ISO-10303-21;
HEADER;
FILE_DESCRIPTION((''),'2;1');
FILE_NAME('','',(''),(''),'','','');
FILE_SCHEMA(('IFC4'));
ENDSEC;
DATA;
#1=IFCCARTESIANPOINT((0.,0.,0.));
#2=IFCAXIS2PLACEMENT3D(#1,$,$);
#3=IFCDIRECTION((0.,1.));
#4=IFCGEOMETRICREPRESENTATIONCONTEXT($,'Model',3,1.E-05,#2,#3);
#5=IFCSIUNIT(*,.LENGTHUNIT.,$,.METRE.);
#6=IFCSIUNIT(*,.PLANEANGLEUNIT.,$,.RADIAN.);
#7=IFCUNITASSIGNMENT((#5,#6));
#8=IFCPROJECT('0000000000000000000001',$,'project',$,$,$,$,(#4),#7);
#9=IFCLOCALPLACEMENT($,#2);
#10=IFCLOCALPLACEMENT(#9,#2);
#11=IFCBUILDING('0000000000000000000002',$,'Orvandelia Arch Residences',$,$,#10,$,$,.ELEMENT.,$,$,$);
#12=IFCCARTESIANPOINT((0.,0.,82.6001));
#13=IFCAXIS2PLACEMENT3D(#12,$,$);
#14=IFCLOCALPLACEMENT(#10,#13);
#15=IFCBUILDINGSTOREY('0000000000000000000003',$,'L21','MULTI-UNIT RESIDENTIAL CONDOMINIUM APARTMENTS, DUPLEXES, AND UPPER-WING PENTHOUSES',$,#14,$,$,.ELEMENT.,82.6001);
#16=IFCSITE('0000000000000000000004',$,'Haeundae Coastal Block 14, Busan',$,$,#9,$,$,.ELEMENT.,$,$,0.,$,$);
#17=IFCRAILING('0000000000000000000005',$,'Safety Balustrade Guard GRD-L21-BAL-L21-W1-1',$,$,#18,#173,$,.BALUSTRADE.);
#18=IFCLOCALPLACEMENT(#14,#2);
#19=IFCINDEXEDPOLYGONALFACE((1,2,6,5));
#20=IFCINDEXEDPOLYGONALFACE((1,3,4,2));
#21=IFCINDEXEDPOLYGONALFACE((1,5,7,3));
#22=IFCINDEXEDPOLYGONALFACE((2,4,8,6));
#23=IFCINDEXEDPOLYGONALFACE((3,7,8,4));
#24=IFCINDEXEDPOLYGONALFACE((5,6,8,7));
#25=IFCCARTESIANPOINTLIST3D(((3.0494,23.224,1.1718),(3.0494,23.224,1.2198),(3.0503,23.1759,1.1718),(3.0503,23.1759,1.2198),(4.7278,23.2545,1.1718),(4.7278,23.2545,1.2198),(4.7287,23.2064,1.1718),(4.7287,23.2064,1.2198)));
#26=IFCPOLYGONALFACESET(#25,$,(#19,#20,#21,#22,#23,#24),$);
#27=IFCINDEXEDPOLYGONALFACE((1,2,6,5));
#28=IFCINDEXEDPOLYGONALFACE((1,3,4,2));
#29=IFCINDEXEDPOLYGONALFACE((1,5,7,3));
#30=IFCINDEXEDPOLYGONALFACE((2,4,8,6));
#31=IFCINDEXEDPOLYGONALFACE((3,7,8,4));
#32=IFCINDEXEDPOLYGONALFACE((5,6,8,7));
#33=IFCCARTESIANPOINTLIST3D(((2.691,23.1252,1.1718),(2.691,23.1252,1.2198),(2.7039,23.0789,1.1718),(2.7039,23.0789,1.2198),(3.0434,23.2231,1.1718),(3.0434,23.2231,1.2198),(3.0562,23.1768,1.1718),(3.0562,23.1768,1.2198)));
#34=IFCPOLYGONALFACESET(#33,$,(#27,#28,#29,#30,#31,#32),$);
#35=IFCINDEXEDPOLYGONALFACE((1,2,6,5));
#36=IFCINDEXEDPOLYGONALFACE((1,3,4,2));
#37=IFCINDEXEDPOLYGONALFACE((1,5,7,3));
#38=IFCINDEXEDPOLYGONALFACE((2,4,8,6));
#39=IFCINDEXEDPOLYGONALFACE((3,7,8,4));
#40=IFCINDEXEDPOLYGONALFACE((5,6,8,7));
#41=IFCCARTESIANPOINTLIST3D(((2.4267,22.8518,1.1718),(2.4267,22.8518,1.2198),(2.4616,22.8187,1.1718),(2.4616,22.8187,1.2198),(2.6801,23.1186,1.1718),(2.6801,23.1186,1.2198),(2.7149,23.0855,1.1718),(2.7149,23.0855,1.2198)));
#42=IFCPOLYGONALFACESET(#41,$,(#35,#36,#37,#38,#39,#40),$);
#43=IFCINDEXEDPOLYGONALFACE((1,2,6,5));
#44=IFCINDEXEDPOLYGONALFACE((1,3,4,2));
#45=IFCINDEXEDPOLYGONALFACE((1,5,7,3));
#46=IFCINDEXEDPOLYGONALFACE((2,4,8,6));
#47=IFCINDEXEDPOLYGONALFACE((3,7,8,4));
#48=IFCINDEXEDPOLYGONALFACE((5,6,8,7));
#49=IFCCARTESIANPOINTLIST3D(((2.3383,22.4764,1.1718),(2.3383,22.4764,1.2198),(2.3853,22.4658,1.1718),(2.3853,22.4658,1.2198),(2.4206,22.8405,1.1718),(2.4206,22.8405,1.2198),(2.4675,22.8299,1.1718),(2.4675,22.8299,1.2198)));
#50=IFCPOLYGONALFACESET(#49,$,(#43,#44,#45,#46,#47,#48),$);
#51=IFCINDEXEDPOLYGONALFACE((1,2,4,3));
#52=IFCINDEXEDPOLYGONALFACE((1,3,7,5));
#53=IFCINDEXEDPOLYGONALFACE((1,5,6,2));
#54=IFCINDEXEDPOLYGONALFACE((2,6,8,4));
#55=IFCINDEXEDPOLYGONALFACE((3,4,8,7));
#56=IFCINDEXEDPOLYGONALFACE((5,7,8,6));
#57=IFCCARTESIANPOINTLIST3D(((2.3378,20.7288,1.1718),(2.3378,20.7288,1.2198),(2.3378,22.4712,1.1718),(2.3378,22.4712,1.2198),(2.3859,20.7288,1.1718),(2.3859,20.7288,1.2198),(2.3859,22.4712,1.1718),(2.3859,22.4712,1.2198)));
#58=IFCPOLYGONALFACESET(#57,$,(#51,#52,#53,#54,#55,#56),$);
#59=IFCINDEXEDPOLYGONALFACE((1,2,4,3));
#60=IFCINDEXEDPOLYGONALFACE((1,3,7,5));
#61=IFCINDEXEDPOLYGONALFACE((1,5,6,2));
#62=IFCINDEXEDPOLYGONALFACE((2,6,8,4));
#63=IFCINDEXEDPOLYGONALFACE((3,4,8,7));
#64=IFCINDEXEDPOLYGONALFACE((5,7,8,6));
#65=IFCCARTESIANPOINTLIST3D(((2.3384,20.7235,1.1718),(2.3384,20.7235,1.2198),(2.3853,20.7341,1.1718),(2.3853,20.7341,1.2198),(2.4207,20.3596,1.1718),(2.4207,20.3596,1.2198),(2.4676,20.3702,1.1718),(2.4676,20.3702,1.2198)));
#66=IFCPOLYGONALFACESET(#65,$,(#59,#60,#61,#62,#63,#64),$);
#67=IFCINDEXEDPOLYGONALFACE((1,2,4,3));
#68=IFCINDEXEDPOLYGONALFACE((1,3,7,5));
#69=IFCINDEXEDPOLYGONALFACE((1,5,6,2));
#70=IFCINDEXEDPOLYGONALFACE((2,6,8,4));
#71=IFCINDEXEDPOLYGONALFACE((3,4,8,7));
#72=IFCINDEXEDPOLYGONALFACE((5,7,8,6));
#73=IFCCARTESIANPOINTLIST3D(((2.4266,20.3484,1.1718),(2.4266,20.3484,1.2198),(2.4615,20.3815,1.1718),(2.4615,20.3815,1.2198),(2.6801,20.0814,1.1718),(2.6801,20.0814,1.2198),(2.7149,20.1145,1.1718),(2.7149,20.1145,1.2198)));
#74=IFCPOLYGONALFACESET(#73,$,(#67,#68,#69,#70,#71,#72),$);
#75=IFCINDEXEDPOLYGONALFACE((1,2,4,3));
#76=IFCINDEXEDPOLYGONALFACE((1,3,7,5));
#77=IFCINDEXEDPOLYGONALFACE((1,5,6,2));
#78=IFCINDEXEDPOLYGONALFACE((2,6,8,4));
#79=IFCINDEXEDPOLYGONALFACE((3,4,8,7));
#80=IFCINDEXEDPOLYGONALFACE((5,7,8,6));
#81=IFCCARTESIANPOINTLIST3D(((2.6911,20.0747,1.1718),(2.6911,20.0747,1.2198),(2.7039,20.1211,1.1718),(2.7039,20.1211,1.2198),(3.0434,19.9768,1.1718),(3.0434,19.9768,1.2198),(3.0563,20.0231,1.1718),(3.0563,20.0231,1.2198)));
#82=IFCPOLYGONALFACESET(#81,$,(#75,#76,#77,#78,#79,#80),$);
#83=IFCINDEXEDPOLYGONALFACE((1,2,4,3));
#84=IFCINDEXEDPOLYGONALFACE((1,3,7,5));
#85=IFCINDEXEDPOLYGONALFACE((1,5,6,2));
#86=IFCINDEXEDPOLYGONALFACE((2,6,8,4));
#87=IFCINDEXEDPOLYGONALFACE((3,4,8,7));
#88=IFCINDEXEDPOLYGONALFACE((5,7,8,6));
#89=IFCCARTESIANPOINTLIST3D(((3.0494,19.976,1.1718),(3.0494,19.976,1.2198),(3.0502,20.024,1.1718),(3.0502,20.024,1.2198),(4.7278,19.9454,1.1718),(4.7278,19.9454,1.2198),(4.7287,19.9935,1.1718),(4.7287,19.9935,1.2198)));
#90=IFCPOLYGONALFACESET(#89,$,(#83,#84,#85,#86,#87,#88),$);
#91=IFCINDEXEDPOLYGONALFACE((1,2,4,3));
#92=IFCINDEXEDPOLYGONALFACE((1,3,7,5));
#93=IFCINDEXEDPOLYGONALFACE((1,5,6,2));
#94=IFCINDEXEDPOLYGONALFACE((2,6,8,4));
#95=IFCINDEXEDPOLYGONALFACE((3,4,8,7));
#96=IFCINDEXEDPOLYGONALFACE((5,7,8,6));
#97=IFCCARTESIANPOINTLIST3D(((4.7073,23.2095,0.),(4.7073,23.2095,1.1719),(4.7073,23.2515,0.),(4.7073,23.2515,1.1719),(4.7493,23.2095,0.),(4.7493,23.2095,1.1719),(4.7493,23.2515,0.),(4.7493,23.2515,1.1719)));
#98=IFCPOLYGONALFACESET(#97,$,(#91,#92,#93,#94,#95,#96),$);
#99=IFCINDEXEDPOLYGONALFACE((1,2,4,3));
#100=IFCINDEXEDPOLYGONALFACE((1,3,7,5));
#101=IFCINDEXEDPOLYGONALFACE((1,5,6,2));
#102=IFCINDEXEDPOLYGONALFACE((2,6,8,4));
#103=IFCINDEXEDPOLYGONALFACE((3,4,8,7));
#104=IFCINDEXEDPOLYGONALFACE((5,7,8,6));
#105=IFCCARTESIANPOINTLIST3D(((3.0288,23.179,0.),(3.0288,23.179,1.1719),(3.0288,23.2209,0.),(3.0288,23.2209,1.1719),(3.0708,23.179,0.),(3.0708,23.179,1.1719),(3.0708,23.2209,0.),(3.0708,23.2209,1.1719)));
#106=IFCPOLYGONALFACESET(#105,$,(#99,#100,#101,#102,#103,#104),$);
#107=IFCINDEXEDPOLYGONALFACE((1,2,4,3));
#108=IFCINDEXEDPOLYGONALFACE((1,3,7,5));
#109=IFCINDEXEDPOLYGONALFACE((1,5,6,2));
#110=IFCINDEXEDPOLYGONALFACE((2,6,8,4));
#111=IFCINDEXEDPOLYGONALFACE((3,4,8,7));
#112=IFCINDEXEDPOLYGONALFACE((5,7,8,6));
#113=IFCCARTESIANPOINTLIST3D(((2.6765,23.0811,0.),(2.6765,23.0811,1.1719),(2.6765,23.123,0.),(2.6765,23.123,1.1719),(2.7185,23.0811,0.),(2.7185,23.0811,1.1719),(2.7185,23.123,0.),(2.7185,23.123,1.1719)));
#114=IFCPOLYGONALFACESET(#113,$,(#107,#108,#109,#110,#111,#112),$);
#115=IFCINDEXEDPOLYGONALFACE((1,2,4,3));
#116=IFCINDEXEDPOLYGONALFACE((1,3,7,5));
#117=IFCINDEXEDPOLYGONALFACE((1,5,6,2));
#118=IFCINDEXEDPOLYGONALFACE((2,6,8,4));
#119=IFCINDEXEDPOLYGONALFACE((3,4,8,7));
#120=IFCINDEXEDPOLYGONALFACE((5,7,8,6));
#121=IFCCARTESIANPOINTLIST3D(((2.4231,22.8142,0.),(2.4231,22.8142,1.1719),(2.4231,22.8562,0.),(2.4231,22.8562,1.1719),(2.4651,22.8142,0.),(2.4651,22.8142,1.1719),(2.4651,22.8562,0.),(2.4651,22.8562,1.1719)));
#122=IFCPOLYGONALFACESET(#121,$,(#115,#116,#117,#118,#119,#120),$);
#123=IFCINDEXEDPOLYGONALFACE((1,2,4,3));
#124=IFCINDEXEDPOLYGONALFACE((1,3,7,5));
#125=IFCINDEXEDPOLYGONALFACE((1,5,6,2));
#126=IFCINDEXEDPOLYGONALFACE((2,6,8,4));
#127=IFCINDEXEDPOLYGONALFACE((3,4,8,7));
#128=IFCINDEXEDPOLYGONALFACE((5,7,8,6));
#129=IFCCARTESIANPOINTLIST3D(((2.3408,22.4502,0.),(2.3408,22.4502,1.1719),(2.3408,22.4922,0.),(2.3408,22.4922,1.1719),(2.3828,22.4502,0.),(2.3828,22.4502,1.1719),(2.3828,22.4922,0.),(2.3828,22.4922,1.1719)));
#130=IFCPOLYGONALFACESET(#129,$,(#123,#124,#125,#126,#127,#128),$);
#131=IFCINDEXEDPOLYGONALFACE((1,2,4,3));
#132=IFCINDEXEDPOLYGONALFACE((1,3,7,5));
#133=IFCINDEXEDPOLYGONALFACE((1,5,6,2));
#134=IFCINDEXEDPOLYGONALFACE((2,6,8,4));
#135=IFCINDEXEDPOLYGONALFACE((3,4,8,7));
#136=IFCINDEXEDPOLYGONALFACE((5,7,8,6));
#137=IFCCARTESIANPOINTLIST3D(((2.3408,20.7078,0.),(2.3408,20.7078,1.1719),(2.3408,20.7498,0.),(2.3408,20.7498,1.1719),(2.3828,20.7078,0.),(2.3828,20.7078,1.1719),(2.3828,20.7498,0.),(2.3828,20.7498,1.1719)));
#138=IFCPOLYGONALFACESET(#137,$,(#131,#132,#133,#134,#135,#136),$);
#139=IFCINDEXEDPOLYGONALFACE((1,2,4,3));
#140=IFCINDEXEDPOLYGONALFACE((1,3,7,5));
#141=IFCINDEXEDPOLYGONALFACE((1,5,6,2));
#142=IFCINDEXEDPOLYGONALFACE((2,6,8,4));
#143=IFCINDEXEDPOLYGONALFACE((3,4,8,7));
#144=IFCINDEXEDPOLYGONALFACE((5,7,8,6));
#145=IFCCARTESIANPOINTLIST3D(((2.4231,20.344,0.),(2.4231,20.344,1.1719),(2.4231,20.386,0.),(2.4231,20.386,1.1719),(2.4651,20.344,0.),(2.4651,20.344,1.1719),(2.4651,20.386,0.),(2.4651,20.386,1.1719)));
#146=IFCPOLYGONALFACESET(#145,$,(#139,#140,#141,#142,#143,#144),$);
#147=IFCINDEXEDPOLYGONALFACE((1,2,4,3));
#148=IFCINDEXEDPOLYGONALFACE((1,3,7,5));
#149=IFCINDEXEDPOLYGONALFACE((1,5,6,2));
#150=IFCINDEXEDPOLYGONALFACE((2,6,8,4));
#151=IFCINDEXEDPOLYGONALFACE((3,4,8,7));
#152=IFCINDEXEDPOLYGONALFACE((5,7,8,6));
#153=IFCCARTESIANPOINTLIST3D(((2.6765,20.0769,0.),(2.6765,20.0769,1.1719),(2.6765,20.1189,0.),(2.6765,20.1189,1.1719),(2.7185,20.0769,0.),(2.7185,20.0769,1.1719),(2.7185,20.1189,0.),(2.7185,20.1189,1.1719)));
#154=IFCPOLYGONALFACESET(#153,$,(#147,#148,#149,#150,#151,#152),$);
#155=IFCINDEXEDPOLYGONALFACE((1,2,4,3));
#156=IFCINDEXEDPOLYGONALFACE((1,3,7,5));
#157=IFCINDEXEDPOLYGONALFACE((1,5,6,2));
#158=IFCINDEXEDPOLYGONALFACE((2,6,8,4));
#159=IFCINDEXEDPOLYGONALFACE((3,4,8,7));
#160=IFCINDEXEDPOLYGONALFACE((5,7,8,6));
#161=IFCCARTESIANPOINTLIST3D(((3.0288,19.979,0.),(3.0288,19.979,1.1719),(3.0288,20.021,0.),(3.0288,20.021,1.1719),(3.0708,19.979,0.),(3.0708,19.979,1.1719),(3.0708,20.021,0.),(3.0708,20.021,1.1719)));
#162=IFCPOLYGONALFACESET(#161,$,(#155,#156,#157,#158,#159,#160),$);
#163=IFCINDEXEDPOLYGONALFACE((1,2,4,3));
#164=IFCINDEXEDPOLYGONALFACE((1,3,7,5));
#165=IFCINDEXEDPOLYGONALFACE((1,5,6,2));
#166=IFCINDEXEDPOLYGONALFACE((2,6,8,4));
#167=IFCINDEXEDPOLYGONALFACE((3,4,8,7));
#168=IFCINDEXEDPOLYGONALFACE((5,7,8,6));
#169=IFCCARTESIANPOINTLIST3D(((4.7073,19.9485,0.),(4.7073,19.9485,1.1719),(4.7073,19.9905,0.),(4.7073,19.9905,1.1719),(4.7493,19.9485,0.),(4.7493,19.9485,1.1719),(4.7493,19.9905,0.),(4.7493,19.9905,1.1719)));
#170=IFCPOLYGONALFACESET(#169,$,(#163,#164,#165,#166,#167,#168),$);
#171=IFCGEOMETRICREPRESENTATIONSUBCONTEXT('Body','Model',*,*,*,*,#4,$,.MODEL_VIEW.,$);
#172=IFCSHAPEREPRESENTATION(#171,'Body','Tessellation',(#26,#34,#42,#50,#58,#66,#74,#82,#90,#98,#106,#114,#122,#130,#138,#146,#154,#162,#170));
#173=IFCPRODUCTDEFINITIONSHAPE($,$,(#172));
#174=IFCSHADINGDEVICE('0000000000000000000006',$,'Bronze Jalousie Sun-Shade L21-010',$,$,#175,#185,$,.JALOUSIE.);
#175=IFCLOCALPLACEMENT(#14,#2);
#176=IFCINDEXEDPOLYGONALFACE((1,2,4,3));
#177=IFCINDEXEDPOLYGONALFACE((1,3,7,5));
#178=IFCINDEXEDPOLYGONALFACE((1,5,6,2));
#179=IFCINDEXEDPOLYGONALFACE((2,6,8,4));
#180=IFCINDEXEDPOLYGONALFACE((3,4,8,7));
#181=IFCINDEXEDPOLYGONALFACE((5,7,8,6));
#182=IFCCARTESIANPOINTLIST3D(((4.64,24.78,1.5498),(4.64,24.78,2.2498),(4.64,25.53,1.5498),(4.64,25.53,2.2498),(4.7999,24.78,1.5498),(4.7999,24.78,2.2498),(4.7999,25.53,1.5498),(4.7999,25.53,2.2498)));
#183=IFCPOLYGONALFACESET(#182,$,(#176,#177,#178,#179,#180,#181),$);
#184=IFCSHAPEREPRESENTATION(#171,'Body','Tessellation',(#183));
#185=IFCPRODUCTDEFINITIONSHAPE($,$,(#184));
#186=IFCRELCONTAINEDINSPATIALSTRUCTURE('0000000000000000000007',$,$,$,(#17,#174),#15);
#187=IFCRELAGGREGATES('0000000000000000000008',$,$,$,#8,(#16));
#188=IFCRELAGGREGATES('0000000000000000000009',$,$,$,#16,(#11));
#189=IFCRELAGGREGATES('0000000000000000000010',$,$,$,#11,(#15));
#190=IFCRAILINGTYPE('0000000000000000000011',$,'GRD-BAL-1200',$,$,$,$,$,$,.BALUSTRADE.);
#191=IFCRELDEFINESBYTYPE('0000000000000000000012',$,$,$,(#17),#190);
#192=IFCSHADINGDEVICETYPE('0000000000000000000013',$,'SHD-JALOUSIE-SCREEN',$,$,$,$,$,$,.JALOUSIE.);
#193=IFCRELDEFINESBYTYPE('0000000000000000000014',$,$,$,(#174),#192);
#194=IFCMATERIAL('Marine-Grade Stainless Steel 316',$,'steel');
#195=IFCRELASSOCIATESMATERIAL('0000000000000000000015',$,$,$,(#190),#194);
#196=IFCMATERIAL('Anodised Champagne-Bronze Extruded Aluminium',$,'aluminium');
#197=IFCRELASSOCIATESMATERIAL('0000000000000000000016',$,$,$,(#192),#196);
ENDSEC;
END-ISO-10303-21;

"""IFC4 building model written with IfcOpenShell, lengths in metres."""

from ifc_helpers import new_model, si_unit, direction, frame, origin, origin_2d, place, context, subcontext, project, spatial, rectangle, extrude, material, type_object, element, save


model = new_model("IFC4")

# Units and contexts
model_context = context("Model", 3, precision=1e-05, world=origin(), true_north=direction((0.0, 1.0)))
body_context = subcontext(model_context, "Body", "Model", "MODEL_VIEW")
ifc_project = project(units=[si_unit("LENGTHUNIT", "METRE"), si_unit("PLANEANGLEUNIT", "RADIAN")], contexts=[model_context])

# Site, building, storey
site_placement = place(None, origin())
site = spatial("IfcSite", under=ifc_project, at=site_placement, Name="Haeundae Coastal Block 14, Busan", CompositionType="ELEMENT", RefElevation=0.0)
building_placement = place(site_placement, origin())
building = spatial("IfcBuilding", under=site, at=building_placement, Name="Orvandelia Arch Residences", CompositionType="ELEMENT")
storey_placement = place(building_placement, frame((0.0, 0.0, 82.6001)))
storey = spatial("IfcBuildingStorey", under=building, at=storey_placement, Name="L21", Description="MULTI-UNIT RESIDENTIAL CONDOMINIUM APARTMENTS, DUPLEXES, AND UPPER-WING PENTHOUSES", CompositionType="ELEMENT", Elevation=82.6001)

# Railing
ifc_material_1 = material(Name="Marine-Grade Stainless Steel 316", Category="steel")
railing_type = type_object("IfcRailingType", Name="GRD-BAL-1200", PredefinedType="BALUSTRADE", material=ifc_material_1)
railing_placement = place(storey_placement, frame((4.7283, 23.2305, 0.0)))
element("IfcRailing", 1, at=railing_placement, inside=storey, type_object=railing_type, Name="Safety Balustrade Guard GRD-L21-BAL-L21-W1-1", PredefinedType="BALUSTRADE", context=body_context, shape_type="SweptSolid", body=[
    extrude(rectangle(XDim=0.0481, YDim=0.0481, at=origin_2d()), frame((0.0, 0.0, 1.1958), z_axis=(-0.999835, -0.018179, 0.0), x_axis=(0.018179, -0.999835, 0.0)), (0.0, 0.0, 1.0), 1.6787),
    extrude(rectangle(XDim=0.0481, YDim=0.0481, at=origin_2d()), frame((-1.6785, -0.0305, 1.1958), z_axis=(-0.963489, -0.267747, 0.0), x_axis=(0.267747, -0.963489, 0.0)), (0.0, 0.0, 1.0), 0.3657),
    extrude(rectangle(XDim=0.0481, YDim=0.0481, at=origin_2d()), frame((-2.0308, -0.1284, 1.1958), z_axis=(-0.688627, -0.725115, 0.0), x_axis=(0.725115, -0.688627, 0.0)), (0.0, 0.0, 1.0), 0.3679),
    extrude(rectangle(XDim=0.0481, YDim=0.0481, at=origin_2d()), frame((-2.2842, -0.3953, 1.1958), z_axis=(-0.220462, -0.975396, 0.0), x_axis=(0.975396, -0.220462, 0.0)), (0.0, 0.0, 1.0), 0.3733),
    extrude(rectangle(XDim=0.0481, YDim=0.0481, at=origin_2d()), frame((-2.3665, -0.7593, 1.1958), z_axis=(0.0, -1.0, 0.0), x_axis=(1.0, 0.0, 0.0)), (0.0, 0.0, 1.0), 1.7424),
    extrude(rectangle(XDim=0.0481, YDim=0.0481, at=origin_2d()), frame((-2.3665, -2.5017, 1.1958), z_axis=(0.220602, -0.975364, 0.0), x_axis=(0.975364, 0.220602, 0.0)), (0.0, 0.0, 1.0), 0.373),
    extrude(rectangle(XDim=0.0481, YDim=0.0481, at=origin_2d()), frame((-2.2842, -2.8655, 1.1958), z_axis=(0.688296, -0.72543, 0.0), x_axis=(0.72543, 0.688296, 0.0)), (0.0, 0.0, 1.0), 0.3682),
    extrude(rectangle(XDim=0.0481, YDim=0.0481, at=origin_2d()), frame((-2.0308, -3.1326, 1.1958), z_axis=(0.963489, -0.267747, 0.0), x_axis=(0.267747, 0.963489, 0.0)), (0.0, 0.0, 1.0), 0.3657),
    extrude(rectangle(XDim=0.0481, YDim=0.0481, at=origin_2d()), frame((-1.6785, -3.2305, 1.1958), z_axis=(0.999835, -0.018179, 0.0), x_axis=(0.018179, 0.999835, 0.0)), (0.0, 0.0, 1.0), 1.6787),
    extrude(rectangle(XDim=0.042, YDim=0.042, at=origin_2d()), origin(), (0.0, 0.0, 1.0), 1.1719),
    extrude(rectangle(XDim=0.042, YDim=0.042, at=origin_2d()), frame((-1.6785, -0.0305, 0.0)), (0.0, 0.0, 1.0), 1.1719),
    extrude(rectangle(XDim=0.042, YDim=0.042, at=origin_2d()), frame((-2.0308, -0.1284, 0.0)), (0.0, 0.0, 1.0), 1.1719),
    extrude(rectangle(XDim=0.042, YDim=0.042, at=origin_2d()), frame((-2.2842, -0.3953, 0.0)), (0.0, 0.0, 1.0), 1.1719),
    extrude(rectangle(XDim=0.042, YDim=0.042, at=origin_2d()), frame((-2.3665, -0.7593, 0.0)), (0.0, 0.0, 1.0), 1.1719),
    extrude(rectangle(XDim=0.042, YDim=0.042, at=origin_2d()), frame((-2.3665, -2.5017, 0.0)), (0.0, 0.0, 1.0), 1.1719),
    extrude(rectangle(XDim=0.042, YDim=0.042, at=origin_2d()), frame((-2.2842, -2.8655, 0.0)), (0.0, 0.0, 1.0), 1.1719),
    extrude(rectangle(XDim=0.042, YDim=0.042, at=origin_2d()), frame((-2.0308, -3.1326, 0.0)), (0.0, 0.0, 1.0), 1.1719),
    extrude(rectangle(XDim=0.042, YDim=0.042, at=origin_2d()), frame((-1.6785, -3.2305, 0.0)), (0.0, 0.0, 1.0), 1.1719),
    extrude(rectangle(XDim=0.042, YDim=0.042, at=origin_2d()), frame((0.0, -3.261, 0.0)), (0.0, 0.0, 1.0), 1.1719),
])

# Shading device
ifc_material_2 = material(Name="Anodised Champagne-Bronze Extruded Aluminium", Category="aluminium")
shading_device_type = type_object("IfcShadingDeviceType", Name="SHD-JALOUSIE-SCREEN", PredefinedType="JALOUSIE", material=ifc_material_2)
shading_device_placement = place(storey_placement, frame((4.72, 25.155, 1.5498), z_axis=(0.0, 0.0, 1.0), x_axis=(0.0, 1.0, 0.0)))
element("IfcShadingDevice", 2, at=shading_device_placement, inside=storey, type_object=shading_device_type, Name="Bronze Jalousie Sun-Shade L21-010", PredefinedType="JALOUSIE", context=body_context, shape_type="SweptSolid", body=[
    extrude(rectangle(XDim=0.75, YDim=0.1599, at=origin_2d()), origin(), (0.0, 0.0, 1.0), 0.7),
])

save(model, "model.ifc")
